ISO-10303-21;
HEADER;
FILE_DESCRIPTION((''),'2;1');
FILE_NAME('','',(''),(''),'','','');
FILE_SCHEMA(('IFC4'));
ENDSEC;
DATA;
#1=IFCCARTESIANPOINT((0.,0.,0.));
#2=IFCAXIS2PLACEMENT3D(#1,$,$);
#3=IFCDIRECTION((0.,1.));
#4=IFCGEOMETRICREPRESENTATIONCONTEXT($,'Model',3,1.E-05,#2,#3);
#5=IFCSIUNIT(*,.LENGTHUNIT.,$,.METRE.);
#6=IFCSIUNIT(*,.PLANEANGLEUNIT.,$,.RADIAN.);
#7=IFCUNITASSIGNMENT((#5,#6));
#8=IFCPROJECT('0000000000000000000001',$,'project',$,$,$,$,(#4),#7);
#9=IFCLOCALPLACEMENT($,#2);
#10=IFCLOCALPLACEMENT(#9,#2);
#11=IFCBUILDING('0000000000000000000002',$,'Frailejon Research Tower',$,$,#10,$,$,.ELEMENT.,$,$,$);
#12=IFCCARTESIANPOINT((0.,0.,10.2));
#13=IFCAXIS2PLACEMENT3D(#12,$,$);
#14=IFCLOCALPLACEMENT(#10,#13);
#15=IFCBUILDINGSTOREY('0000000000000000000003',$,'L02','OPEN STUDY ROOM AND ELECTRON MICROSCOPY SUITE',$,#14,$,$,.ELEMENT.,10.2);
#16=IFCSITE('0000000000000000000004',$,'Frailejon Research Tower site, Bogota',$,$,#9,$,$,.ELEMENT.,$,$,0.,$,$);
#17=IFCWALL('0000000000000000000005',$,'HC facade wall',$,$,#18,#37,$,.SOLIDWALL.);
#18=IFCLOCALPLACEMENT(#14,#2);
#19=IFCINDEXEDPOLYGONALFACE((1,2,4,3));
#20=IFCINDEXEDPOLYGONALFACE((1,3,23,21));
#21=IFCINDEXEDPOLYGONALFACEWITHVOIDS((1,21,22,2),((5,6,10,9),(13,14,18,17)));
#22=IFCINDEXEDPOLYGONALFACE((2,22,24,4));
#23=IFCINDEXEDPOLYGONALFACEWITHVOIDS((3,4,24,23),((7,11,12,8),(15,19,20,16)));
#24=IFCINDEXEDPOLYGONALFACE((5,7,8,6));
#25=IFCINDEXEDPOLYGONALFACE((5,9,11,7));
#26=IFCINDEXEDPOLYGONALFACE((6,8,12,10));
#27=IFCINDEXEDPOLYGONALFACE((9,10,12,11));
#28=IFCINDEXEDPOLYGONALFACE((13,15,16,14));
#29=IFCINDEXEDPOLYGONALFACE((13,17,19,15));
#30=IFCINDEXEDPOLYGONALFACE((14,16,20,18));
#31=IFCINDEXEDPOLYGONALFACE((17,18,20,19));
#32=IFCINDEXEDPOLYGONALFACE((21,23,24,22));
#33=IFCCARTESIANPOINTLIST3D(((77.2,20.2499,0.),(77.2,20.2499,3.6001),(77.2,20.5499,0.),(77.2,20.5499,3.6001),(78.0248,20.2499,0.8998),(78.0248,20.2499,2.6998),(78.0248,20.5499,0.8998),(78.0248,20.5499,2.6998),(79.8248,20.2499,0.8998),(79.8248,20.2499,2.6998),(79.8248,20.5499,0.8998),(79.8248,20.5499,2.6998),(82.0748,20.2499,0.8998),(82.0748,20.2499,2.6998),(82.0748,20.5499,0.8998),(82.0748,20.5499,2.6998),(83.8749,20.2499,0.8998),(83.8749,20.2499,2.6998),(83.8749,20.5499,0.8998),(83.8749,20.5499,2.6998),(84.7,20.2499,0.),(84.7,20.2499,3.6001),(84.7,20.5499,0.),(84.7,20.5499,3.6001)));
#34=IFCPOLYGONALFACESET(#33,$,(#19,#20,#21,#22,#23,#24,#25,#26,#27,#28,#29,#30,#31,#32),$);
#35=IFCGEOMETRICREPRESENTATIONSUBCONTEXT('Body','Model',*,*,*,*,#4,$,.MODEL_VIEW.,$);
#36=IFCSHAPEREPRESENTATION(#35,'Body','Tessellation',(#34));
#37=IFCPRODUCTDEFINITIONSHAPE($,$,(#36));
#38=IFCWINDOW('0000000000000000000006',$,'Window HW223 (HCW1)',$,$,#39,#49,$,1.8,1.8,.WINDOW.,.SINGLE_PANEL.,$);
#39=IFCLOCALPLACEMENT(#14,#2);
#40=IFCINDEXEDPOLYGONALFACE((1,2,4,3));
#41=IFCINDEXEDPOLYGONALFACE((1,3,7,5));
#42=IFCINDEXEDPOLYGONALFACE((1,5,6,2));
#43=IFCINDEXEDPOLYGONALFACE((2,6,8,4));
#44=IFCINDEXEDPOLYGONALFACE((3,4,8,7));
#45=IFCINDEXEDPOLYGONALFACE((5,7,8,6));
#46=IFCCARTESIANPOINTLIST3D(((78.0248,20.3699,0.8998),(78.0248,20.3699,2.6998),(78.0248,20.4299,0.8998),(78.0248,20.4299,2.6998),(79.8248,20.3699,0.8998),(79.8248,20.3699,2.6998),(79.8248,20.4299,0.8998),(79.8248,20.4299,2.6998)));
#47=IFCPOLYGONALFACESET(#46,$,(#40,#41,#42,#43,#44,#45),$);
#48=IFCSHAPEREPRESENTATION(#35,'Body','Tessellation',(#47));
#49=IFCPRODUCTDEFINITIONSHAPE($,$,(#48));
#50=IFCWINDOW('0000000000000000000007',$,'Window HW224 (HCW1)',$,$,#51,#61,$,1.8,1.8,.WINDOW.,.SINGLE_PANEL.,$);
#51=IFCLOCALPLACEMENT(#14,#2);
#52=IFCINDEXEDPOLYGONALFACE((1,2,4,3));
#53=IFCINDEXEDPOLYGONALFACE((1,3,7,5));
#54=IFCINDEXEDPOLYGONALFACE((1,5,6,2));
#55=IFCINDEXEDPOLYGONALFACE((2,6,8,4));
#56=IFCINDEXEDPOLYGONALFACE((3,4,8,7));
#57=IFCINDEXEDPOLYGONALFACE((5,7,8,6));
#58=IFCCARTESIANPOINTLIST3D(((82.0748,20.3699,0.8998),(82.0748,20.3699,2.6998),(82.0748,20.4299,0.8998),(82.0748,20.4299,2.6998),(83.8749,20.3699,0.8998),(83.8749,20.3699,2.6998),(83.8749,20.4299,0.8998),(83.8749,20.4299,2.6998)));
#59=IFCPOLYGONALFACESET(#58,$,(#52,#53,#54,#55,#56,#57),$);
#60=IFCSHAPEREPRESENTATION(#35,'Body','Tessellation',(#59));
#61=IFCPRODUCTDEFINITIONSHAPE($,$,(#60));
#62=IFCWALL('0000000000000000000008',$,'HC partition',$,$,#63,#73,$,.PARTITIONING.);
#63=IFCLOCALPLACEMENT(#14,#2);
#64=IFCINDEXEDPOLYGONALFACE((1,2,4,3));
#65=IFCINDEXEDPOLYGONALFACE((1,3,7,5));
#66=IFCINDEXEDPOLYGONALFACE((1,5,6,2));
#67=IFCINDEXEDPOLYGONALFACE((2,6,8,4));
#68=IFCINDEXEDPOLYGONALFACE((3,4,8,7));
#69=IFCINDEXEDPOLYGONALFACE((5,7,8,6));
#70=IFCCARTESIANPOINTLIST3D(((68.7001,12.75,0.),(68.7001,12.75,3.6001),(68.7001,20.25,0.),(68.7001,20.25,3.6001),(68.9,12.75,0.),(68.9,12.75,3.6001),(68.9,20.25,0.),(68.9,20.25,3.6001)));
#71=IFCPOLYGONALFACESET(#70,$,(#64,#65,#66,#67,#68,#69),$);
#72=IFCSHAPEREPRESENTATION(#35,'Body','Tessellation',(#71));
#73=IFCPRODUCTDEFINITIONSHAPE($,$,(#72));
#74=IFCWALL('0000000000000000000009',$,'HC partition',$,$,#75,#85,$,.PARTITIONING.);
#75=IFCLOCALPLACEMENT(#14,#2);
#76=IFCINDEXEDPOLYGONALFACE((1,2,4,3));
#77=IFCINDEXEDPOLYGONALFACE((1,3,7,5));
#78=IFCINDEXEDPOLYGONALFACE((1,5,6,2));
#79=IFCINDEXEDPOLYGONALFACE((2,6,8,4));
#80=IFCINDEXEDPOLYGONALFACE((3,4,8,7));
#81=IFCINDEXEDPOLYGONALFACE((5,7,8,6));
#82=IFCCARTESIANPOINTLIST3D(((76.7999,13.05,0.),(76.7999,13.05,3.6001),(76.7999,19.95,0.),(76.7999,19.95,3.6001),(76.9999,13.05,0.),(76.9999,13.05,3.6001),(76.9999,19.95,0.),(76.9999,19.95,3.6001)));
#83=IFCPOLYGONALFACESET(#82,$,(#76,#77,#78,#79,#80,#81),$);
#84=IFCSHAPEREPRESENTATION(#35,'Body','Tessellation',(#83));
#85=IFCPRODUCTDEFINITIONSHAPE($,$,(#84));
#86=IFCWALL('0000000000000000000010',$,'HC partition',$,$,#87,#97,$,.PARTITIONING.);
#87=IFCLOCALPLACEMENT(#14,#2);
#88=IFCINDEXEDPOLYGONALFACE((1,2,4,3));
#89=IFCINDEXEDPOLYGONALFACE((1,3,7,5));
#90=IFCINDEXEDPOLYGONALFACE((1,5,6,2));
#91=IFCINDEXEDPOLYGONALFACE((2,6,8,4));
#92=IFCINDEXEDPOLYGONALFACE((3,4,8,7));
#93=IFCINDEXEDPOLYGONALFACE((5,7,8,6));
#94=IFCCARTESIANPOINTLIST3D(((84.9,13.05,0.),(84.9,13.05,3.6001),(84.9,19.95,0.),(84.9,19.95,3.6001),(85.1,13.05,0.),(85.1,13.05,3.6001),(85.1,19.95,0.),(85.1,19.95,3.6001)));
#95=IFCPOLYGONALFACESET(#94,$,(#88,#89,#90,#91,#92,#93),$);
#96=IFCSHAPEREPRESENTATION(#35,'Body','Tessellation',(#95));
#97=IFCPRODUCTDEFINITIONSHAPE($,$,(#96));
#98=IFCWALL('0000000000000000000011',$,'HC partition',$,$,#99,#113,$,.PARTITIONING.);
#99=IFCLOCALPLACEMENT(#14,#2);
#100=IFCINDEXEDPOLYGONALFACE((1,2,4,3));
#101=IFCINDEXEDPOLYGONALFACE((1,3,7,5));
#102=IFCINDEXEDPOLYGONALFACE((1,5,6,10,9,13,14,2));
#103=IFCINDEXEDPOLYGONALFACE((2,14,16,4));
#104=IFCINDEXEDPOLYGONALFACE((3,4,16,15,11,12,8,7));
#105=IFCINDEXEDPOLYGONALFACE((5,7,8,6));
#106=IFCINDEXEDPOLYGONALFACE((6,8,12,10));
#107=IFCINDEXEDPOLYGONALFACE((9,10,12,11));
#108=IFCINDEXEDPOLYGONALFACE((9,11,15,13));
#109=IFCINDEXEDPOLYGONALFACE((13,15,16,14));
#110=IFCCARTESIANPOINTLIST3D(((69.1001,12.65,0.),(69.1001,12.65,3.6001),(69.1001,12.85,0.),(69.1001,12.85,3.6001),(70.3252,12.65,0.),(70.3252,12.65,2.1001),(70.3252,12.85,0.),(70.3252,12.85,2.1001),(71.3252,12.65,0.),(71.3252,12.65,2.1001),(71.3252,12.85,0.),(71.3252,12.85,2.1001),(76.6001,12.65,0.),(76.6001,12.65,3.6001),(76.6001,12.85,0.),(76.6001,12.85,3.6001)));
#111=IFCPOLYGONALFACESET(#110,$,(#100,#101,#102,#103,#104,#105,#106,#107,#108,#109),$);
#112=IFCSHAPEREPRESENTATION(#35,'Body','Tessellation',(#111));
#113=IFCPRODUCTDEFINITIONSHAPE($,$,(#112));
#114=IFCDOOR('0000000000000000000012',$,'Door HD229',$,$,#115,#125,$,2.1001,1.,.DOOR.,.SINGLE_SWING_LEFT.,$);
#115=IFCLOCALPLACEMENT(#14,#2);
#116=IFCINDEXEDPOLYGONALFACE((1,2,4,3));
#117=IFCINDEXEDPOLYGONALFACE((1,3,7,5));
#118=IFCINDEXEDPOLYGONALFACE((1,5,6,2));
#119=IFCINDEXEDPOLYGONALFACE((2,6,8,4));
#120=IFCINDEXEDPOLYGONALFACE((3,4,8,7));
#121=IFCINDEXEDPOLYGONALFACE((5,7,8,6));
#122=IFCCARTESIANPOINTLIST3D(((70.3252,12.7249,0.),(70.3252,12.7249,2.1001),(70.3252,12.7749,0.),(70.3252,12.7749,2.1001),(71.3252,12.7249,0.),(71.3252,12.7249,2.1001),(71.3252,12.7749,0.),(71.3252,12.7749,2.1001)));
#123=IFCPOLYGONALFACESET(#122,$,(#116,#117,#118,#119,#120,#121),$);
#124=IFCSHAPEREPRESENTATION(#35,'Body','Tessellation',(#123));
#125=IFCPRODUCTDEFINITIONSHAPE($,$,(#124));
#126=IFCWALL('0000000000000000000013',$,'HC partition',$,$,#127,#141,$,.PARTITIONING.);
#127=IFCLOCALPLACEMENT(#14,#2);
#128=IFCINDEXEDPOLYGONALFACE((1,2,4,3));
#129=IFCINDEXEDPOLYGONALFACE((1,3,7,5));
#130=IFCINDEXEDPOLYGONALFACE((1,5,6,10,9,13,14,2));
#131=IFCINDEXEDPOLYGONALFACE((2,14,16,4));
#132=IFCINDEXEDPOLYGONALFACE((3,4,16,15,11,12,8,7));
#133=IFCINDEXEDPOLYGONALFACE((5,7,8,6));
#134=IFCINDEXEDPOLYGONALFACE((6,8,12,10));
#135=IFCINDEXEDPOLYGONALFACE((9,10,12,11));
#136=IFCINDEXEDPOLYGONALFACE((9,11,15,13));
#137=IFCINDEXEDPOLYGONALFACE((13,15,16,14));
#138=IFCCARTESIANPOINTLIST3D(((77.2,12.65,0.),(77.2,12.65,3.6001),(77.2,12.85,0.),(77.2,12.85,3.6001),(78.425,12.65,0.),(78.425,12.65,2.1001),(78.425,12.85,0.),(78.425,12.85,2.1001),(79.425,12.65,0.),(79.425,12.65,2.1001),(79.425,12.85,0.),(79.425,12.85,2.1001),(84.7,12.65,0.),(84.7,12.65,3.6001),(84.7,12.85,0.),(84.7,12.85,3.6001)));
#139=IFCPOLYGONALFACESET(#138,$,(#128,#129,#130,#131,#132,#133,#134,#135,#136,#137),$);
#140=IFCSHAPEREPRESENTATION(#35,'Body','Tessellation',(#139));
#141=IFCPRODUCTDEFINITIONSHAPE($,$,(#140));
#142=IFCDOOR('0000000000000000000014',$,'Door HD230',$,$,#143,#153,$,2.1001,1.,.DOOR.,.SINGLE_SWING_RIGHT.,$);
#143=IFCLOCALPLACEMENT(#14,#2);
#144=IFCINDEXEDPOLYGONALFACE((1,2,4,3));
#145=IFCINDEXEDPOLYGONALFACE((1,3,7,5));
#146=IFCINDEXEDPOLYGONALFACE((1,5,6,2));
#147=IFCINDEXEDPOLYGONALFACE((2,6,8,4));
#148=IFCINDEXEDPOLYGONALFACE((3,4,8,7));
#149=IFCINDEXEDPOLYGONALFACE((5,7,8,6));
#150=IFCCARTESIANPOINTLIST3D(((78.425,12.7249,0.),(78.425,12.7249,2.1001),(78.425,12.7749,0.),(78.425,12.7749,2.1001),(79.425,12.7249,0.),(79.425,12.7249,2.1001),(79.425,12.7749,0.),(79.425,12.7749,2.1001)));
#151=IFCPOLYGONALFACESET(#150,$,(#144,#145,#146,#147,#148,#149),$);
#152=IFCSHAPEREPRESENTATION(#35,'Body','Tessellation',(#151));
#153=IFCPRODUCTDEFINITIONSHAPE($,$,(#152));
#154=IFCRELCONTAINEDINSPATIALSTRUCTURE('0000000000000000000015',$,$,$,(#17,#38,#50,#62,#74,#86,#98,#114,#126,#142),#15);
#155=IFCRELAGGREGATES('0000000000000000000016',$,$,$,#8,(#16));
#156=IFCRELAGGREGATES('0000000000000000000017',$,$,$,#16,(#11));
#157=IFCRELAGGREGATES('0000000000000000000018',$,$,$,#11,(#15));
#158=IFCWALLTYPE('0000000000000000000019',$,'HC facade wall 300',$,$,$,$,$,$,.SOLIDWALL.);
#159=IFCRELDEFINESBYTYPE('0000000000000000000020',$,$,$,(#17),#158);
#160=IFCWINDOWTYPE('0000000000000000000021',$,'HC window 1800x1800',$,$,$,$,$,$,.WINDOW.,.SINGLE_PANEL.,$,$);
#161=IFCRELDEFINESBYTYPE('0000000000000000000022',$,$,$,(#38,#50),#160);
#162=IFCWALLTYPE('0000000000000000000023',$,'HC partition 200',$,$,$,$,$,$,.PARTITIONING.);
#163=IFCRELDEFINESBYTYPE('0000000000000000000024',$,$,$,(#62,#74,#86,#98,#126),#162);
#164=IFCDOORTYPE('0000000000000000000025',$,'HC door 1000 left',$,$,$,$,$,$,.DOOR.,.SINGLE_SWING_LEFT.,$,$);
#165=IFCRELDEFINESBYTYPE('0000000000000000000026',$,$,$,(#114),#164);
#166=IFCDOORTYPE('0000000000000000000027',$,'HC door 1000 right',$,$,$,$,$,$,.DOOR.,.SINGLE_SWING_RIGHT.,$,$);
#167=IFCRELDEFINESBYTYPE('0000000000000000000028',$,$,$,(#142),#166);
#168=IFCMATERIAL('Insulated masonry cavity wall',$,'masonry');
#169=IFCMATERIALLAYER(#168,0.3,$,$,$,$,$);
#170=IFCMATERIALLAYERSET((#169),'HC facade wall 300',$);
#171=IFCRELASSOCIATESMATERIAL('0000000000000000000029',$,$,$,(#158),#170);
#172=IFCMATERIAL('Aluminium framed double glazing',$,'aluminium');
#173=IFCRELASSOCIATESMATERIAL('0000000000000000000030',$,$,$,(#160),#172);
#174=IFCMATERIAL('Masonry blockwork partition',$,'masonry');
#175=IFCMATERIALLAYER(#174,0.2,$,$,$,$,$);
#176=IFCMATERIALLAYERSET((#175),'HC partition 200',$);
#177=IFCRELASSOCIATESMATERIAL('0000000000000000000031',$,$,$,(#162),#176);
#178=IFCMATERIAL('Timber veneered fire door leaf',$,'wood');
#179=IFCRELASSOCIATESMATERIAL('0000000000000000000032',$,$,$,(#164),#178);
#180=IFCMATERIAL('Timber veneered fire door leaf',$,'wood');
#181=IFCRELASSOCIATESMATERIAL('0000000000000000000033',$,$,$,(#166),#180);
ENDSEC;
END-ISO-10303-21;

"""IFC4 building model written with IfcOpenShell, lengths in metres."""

from ifc_helpers import new_model, si_unit, direction, frame, frame_2d, origin, place, context, subcontext, project, spatial, rectangle, extrude, material, layer, layer_set, type_object, element, fill, save


model = new_model("IFC4")

# Units and contexts
model_context = context("Model", 3, precision=1e-05, world=origin(), true_north=direction((0.0, 1.0)))
body_context = subcontext(model_context, "Body", "Model", "MODEL_VIEW")
ifc_project = project(units=[si_unit("LENGTHUNIT", "METRE"), si_unit("PLANEANGLEUNIT", "RADIAN")], contexts=[model_context])

# Site, building, storey
site_placement = place(None, origin())
site = spatial("IfcSite", under=ifc_project, at=site_placement, Name="Frailejon Research Tower site, Bogota", CompositionType="ELEMENT", RefElevation=0.0)
building_placement = place(site_placement, origin())
building = spatial("IfcBuilding", under=site, at=building_placement, Name="Frailejon Research Tower", CompositionType="ELEMENT")
storey_placement = place(building_placement, frame((0.0, 0.0, 10.2)))
storey = spatial("IfcBuildingStorey", under=building, at=storey_placement, Name="L02", Description="OPEN STUDY ROOM AND ELECTRON MICROSCOPY SUITE", CompositionType="ELEMENT", Elevation=10.2)

# Wall, openings, windows
ifc_material_1 = material(Name="Insulated masonry cavity wall", Category="masonry")
ifc_layer_1 = layer(ifc_material_1, 0.3)
ifc_layer_set_1 = layer_set([ifc_layer_1], Name="HC facade wall 300")
wall_type_1 = type_object("IfcWallType", Name="HC facade wall 300", PredefinedType="SOLIDWALL", material=ifc_layer_set_1)
ifc_material_2 = material(Name="Aluminium framed double glazing", Category="aluminium")
window_type = type_object("IfcWindowType", Name="HC window 1800x1800", PartitioningType="SINGLE_PANEL", PredefinedType="WINDOW", material=ifc_material_2)
wall_1_placement = place(storey_placement, frame((77.2, 20.3999, 0.0), z_axis=(0.0, 0.0, 1.0), x_axis=(1.0, 0.0, 0.0)))
wall_1 = element("IfcWall", 1, at=wall_1_placement, inside=storey, type_object=wall_type_1, Name="HC facade wall", PredefinedType="SOLIDWALL", context=body_context, shape_type="SweptSolid", body=[
    extrude(rectangle(XDim=7.5, YDim=0.3, at=frame_2d((3.75, 0.0))), origin(), (0.0, 0.0, 1.0), 3.6001),
])
opening_1_placement = place(wall_1_placement, frame((0.825, 0.0, 0.8999)))
opening_1 = element("IfcOpeningElement", 2, at=opening_1_placement, cuts=wall_1, PredefinedType="OPENING", context=body_context, shape_type="SweptSolid", body=[
    extrude(rectangle(XDim=1.8, YDim=1.8, at=frame_2d((0.8999, 0.8999))), frame((0.0, 0.1599, 0.0), z_axis=(0.0, -1.0, 0.0), x_axis=(1.0, 0.0, 0.0)), (0.0, 0.0, 1.0), 0.3201),
])
opening_2_placement = place(wall_1_placement, frame((4.875, 0.0, 0.8999)))
opening_2 = element("IfcOpeningElement", 3, at=opening_2_placement, cuts=wall_1, PredefinedType="OPENING", context=body_context, shape_type="SweptSolid", body=[
    extrude(rectangle(XDim=1.8, YDim=1.8, at=frame_2d((0.8999, 0.8999))), frame((0.0, 0.1599, 0.0), z_axis=(0.0, -1.0, 0.0), x_axis=(1.0, 0.0, 0.0)), (0.0, 0.0, 1.0), 0.3201),
])
window_1_placement = place(opening_1_placement, origin())
window_1 = element("IfcWindow", 4, at=window_1_placement, inside=storey, type_object=window_type, Name="Window HW223 (HCW1)", OverallHeight=1.8, OverallWidth=1.8, PartitioningType="SINGLE_PANEL", PredefinedType="WINDOW", context=body_context, shape_type="SweptSolid", body=[
    extrude(rectangle(XDim=1.8, YDim=1.8, at=frame_2d((0.8999, 0.8999))), frame((0.0, 0.03, 0.0), z_axis=(0.0, -1.0, 0.0), x_axis=(1.0, 0.0, 0.0)), (0.0, 0.0, 1.0), 0.0601),
])
fill(opening_1, window_1)
window_2_placement = place(opening_2_placement, origin())
window_2 = element("IfcWindow", 5, at=window_2_placement, inside=storey, type_object=window_type, Name="Window HW224 (HCW1)", OverallHeight=1.8, OverallWidth=1.8, PartitioningType="SINGLE_PANEL", PredefinedType="WINDOW", context=body_context, shape_type="SweptSolid", body=[
    extrude(rectangle(XDim=1.8, YDim=1.8, at=frame_2d((0.8999, 0.8999))), frame((0.0, 0.03, 0.0), z_axis=(0.0, -1.0, 0.0), x_axis=(1.0, 0.0, 0.0)), (0.0, 0.0, 1.0), 0.0601),
])
fill(opening_2, window_2)

# Walls
ifc_material_3 = material(Name="Masonry blockwork partition", Category="masonry")
ifc_layer_2 = layer(ifc_material_3, 0.2)
ifc_layer_set_2 = layer_set([ifc_layer_2], Name="HC partition 200")
wall_type_2 = type_object("IfcWallType", Name="HC partition 200", PredefinedType="PARTITIONING", material=ifc_layer_set_2)
wall_2_placement = place(storey_placement, frame((68.8, 12.75, 0.0), z_axis=(0.0, 0.0, 1.0), x_axis=(0.0, 1.0, 0.0)))
element("IfcWall", 6, at=wall_2_placement, inside=storey, type_object=wall_type_2, Name="HC partition", PredefinedType="PARTITIONING", context=body_context, shape_type="SweptSolid", body=[
    extrude(rectangle(XDim=7.5, YDim=0.2, at=frame_2d((3.75, 0.0))), origin(), (0.0, 0.0, 1.0), 3.6001),
])
for number, where, z_axis, x_axis, name in (
    (7, (76.8999, 13.05, 0.0), (0.0, 0.0, 1.0), (0.0, 1.0, 0.0), "HC partition"),
    (8, (85.0, 13.05, 0.0), (0.0, 0.0, 1.0), (0.0, 1.0, 0.0), "HC partition"),
):
    element("IfcWall", number, at=place(storey_placement, frame(where, z_axis=z_axis, x_axis=x_axis)), inside=storey, type_object=wall_type_2, Name=name, PredefinedType="PARTITIONING", context=body_context, shape_type="SweptSolid", body=[
        extrude(rectangle(XDim=6.8999, YDim=0.2, at=frame_2d((3.45, 0.0))), origin(), (0.0, 0.0, 1.0), 3.6001),
    ])

# Walls, openings, doors
wall_3_placement = place(storey_placement, frame((69.1001, 12.75, 0.0), z_axis=(0.0, 0.0, 1.0), x_axis=(1.0, 0.0, 0.0)))
wall_3 = element("IfcWall", 9, at=wall_3_placement, inside=storey, type_object=wall_type_2, Name="HC partition", PredefinedType="PARTITIONING", context=body_context, shape_type="SweptSolid", body=[
    extrude(rectangle(XDim=7.5, YDim=0.2, at=frame_2d((3.75, 0.0))), origin(), (0.0, 0.0, 1.0), 3.6001),
])
opening_3_placement = place(wall_3_placement, frame((1.2251, 0.0, 0.0)))
opening_3 = element("IfcOpeningElement", 10, at=opening_3_placement, cuts=wall_3, PredefinedType="OPENING", context=body_context, shape_type="SweptSolid", body=[
    extrude(rectangle(XDim=1.0, YDim=2.1001, at=frame_2d((0.5, 1.05))), frame((0.0, 0.1099, 0.0), z_axis=(0.0, -1.0, 0.0), x_axis=(1.0, 0.0, 0.0)), (0.0, 0.0, 1.0), 0.22),
])
ifc_material_4 = material(Name="Timber veneered fire door leaf", Category="wood")
door_type_1 = type_object("IfcDoorType", Name="HC door 1000 left", OperationType="SINGLE_SWING_LEFT", PredefinedType="DOOR", material=ifc_material_4)
door_1_placement = place(opening_3_placement, origin())
door_1 = element("IfcDoor", 11, at=door_1_placement, inside=storey, type_object=door_type_1, Name="Door HD229", OperationType="SINGLE_SWING_LEFT", OverallHeight=2.1001, OverallWidth=1.0, PredefinedType="DOOR", context=body_context, shape_type="SweptSolid", body=[
    extrude(rectangle(XDim=1.0, YDim=2.1001, at=frame_2d((0.5, 1.05))), frame((0.0, 0.0249, 0.0), z_axis=(0.0, -1.0, 0.0), x_axis=(1.0, 0.0, 0.0)), (0.0, 0.0, 1.0), 0.05),
])
fill(opening_3, door_1)
wall_4_placement = place(storey_placement, frame((77.2, 12.75, 0.0), z_axis=(0.0, 0.0, 1.0), x_axis=(1.0, 0.0, 0.0)))
wall_4 = element("IfcWall", 12, at=wall_4_placement, inside=storey, type_object=wall_type_2, Name="HC partition", PredefinedType="PARTITIONING", context=body_context, shape_type="SweptSolid", body=[
    extrude(rectangle(XDim=7.5, YDim=0.2, at=frame_2d((3.75, 0.0))), origin(), (0.0, 0.0, 1.0), 3.6001),
])
opening_4_placement = place(wall_4_placement, frame((1.2251, 0.0, 0.0)))
opening_4 = element("IfcOpeningElement", 13, at=opening_4_placement, cuts=wall_4, PredefinedType="OPENING", context=body_context, shape_type="SweptSolid", body=[
    extrude(rectangle(XDim=1.0, YDim=2.1001, at=frame_2d((0.5, 1.05))), frame((0.0, 0.1099, 0.0), z_axis=(0.0, -1.0, 0.0), x_axis=(1.0, 0.0, 0.0)), (0.0, 0.0, 1.0), 0.22),
])
ifc_material_5 = material(Name="Timber veneered fire door leaf", Category="wood")
door_type_2 = type_object("IfcDoorType", Name="HC door 1000 right", OperationType="SINGLE_SWING_RIGHT", PredefinedType="DOOR", material=ifc_material_5)
door_2_placement = place(opening_4_placement, origin())
door_2 = element("IfcDoor", 14, at=door_2_placement, inside=storey, type_object=door_type_2, Name="Door HD230", OperationType="SINGLE_SWING_RIGHT", OverallHeight=2.1001, OverallWidth=1.0, PredefinedType="DOOR", context=body_context, shape_type="SweptSolid", body=[
    extrude(rectangle(XDim=1.0, YDim=2.1001, at=frame_2d((0.5, 1.05))), frame((0.0, 0.0249, 0.0), z_axis=(0.0, -1.0, 0.0), x_axis=(1.0, 0.0, 0.0)), (0.0, 0.0, 1.0), 0.05),
])
fill(opening_4, door_2)

save(model, "model.ifc")
